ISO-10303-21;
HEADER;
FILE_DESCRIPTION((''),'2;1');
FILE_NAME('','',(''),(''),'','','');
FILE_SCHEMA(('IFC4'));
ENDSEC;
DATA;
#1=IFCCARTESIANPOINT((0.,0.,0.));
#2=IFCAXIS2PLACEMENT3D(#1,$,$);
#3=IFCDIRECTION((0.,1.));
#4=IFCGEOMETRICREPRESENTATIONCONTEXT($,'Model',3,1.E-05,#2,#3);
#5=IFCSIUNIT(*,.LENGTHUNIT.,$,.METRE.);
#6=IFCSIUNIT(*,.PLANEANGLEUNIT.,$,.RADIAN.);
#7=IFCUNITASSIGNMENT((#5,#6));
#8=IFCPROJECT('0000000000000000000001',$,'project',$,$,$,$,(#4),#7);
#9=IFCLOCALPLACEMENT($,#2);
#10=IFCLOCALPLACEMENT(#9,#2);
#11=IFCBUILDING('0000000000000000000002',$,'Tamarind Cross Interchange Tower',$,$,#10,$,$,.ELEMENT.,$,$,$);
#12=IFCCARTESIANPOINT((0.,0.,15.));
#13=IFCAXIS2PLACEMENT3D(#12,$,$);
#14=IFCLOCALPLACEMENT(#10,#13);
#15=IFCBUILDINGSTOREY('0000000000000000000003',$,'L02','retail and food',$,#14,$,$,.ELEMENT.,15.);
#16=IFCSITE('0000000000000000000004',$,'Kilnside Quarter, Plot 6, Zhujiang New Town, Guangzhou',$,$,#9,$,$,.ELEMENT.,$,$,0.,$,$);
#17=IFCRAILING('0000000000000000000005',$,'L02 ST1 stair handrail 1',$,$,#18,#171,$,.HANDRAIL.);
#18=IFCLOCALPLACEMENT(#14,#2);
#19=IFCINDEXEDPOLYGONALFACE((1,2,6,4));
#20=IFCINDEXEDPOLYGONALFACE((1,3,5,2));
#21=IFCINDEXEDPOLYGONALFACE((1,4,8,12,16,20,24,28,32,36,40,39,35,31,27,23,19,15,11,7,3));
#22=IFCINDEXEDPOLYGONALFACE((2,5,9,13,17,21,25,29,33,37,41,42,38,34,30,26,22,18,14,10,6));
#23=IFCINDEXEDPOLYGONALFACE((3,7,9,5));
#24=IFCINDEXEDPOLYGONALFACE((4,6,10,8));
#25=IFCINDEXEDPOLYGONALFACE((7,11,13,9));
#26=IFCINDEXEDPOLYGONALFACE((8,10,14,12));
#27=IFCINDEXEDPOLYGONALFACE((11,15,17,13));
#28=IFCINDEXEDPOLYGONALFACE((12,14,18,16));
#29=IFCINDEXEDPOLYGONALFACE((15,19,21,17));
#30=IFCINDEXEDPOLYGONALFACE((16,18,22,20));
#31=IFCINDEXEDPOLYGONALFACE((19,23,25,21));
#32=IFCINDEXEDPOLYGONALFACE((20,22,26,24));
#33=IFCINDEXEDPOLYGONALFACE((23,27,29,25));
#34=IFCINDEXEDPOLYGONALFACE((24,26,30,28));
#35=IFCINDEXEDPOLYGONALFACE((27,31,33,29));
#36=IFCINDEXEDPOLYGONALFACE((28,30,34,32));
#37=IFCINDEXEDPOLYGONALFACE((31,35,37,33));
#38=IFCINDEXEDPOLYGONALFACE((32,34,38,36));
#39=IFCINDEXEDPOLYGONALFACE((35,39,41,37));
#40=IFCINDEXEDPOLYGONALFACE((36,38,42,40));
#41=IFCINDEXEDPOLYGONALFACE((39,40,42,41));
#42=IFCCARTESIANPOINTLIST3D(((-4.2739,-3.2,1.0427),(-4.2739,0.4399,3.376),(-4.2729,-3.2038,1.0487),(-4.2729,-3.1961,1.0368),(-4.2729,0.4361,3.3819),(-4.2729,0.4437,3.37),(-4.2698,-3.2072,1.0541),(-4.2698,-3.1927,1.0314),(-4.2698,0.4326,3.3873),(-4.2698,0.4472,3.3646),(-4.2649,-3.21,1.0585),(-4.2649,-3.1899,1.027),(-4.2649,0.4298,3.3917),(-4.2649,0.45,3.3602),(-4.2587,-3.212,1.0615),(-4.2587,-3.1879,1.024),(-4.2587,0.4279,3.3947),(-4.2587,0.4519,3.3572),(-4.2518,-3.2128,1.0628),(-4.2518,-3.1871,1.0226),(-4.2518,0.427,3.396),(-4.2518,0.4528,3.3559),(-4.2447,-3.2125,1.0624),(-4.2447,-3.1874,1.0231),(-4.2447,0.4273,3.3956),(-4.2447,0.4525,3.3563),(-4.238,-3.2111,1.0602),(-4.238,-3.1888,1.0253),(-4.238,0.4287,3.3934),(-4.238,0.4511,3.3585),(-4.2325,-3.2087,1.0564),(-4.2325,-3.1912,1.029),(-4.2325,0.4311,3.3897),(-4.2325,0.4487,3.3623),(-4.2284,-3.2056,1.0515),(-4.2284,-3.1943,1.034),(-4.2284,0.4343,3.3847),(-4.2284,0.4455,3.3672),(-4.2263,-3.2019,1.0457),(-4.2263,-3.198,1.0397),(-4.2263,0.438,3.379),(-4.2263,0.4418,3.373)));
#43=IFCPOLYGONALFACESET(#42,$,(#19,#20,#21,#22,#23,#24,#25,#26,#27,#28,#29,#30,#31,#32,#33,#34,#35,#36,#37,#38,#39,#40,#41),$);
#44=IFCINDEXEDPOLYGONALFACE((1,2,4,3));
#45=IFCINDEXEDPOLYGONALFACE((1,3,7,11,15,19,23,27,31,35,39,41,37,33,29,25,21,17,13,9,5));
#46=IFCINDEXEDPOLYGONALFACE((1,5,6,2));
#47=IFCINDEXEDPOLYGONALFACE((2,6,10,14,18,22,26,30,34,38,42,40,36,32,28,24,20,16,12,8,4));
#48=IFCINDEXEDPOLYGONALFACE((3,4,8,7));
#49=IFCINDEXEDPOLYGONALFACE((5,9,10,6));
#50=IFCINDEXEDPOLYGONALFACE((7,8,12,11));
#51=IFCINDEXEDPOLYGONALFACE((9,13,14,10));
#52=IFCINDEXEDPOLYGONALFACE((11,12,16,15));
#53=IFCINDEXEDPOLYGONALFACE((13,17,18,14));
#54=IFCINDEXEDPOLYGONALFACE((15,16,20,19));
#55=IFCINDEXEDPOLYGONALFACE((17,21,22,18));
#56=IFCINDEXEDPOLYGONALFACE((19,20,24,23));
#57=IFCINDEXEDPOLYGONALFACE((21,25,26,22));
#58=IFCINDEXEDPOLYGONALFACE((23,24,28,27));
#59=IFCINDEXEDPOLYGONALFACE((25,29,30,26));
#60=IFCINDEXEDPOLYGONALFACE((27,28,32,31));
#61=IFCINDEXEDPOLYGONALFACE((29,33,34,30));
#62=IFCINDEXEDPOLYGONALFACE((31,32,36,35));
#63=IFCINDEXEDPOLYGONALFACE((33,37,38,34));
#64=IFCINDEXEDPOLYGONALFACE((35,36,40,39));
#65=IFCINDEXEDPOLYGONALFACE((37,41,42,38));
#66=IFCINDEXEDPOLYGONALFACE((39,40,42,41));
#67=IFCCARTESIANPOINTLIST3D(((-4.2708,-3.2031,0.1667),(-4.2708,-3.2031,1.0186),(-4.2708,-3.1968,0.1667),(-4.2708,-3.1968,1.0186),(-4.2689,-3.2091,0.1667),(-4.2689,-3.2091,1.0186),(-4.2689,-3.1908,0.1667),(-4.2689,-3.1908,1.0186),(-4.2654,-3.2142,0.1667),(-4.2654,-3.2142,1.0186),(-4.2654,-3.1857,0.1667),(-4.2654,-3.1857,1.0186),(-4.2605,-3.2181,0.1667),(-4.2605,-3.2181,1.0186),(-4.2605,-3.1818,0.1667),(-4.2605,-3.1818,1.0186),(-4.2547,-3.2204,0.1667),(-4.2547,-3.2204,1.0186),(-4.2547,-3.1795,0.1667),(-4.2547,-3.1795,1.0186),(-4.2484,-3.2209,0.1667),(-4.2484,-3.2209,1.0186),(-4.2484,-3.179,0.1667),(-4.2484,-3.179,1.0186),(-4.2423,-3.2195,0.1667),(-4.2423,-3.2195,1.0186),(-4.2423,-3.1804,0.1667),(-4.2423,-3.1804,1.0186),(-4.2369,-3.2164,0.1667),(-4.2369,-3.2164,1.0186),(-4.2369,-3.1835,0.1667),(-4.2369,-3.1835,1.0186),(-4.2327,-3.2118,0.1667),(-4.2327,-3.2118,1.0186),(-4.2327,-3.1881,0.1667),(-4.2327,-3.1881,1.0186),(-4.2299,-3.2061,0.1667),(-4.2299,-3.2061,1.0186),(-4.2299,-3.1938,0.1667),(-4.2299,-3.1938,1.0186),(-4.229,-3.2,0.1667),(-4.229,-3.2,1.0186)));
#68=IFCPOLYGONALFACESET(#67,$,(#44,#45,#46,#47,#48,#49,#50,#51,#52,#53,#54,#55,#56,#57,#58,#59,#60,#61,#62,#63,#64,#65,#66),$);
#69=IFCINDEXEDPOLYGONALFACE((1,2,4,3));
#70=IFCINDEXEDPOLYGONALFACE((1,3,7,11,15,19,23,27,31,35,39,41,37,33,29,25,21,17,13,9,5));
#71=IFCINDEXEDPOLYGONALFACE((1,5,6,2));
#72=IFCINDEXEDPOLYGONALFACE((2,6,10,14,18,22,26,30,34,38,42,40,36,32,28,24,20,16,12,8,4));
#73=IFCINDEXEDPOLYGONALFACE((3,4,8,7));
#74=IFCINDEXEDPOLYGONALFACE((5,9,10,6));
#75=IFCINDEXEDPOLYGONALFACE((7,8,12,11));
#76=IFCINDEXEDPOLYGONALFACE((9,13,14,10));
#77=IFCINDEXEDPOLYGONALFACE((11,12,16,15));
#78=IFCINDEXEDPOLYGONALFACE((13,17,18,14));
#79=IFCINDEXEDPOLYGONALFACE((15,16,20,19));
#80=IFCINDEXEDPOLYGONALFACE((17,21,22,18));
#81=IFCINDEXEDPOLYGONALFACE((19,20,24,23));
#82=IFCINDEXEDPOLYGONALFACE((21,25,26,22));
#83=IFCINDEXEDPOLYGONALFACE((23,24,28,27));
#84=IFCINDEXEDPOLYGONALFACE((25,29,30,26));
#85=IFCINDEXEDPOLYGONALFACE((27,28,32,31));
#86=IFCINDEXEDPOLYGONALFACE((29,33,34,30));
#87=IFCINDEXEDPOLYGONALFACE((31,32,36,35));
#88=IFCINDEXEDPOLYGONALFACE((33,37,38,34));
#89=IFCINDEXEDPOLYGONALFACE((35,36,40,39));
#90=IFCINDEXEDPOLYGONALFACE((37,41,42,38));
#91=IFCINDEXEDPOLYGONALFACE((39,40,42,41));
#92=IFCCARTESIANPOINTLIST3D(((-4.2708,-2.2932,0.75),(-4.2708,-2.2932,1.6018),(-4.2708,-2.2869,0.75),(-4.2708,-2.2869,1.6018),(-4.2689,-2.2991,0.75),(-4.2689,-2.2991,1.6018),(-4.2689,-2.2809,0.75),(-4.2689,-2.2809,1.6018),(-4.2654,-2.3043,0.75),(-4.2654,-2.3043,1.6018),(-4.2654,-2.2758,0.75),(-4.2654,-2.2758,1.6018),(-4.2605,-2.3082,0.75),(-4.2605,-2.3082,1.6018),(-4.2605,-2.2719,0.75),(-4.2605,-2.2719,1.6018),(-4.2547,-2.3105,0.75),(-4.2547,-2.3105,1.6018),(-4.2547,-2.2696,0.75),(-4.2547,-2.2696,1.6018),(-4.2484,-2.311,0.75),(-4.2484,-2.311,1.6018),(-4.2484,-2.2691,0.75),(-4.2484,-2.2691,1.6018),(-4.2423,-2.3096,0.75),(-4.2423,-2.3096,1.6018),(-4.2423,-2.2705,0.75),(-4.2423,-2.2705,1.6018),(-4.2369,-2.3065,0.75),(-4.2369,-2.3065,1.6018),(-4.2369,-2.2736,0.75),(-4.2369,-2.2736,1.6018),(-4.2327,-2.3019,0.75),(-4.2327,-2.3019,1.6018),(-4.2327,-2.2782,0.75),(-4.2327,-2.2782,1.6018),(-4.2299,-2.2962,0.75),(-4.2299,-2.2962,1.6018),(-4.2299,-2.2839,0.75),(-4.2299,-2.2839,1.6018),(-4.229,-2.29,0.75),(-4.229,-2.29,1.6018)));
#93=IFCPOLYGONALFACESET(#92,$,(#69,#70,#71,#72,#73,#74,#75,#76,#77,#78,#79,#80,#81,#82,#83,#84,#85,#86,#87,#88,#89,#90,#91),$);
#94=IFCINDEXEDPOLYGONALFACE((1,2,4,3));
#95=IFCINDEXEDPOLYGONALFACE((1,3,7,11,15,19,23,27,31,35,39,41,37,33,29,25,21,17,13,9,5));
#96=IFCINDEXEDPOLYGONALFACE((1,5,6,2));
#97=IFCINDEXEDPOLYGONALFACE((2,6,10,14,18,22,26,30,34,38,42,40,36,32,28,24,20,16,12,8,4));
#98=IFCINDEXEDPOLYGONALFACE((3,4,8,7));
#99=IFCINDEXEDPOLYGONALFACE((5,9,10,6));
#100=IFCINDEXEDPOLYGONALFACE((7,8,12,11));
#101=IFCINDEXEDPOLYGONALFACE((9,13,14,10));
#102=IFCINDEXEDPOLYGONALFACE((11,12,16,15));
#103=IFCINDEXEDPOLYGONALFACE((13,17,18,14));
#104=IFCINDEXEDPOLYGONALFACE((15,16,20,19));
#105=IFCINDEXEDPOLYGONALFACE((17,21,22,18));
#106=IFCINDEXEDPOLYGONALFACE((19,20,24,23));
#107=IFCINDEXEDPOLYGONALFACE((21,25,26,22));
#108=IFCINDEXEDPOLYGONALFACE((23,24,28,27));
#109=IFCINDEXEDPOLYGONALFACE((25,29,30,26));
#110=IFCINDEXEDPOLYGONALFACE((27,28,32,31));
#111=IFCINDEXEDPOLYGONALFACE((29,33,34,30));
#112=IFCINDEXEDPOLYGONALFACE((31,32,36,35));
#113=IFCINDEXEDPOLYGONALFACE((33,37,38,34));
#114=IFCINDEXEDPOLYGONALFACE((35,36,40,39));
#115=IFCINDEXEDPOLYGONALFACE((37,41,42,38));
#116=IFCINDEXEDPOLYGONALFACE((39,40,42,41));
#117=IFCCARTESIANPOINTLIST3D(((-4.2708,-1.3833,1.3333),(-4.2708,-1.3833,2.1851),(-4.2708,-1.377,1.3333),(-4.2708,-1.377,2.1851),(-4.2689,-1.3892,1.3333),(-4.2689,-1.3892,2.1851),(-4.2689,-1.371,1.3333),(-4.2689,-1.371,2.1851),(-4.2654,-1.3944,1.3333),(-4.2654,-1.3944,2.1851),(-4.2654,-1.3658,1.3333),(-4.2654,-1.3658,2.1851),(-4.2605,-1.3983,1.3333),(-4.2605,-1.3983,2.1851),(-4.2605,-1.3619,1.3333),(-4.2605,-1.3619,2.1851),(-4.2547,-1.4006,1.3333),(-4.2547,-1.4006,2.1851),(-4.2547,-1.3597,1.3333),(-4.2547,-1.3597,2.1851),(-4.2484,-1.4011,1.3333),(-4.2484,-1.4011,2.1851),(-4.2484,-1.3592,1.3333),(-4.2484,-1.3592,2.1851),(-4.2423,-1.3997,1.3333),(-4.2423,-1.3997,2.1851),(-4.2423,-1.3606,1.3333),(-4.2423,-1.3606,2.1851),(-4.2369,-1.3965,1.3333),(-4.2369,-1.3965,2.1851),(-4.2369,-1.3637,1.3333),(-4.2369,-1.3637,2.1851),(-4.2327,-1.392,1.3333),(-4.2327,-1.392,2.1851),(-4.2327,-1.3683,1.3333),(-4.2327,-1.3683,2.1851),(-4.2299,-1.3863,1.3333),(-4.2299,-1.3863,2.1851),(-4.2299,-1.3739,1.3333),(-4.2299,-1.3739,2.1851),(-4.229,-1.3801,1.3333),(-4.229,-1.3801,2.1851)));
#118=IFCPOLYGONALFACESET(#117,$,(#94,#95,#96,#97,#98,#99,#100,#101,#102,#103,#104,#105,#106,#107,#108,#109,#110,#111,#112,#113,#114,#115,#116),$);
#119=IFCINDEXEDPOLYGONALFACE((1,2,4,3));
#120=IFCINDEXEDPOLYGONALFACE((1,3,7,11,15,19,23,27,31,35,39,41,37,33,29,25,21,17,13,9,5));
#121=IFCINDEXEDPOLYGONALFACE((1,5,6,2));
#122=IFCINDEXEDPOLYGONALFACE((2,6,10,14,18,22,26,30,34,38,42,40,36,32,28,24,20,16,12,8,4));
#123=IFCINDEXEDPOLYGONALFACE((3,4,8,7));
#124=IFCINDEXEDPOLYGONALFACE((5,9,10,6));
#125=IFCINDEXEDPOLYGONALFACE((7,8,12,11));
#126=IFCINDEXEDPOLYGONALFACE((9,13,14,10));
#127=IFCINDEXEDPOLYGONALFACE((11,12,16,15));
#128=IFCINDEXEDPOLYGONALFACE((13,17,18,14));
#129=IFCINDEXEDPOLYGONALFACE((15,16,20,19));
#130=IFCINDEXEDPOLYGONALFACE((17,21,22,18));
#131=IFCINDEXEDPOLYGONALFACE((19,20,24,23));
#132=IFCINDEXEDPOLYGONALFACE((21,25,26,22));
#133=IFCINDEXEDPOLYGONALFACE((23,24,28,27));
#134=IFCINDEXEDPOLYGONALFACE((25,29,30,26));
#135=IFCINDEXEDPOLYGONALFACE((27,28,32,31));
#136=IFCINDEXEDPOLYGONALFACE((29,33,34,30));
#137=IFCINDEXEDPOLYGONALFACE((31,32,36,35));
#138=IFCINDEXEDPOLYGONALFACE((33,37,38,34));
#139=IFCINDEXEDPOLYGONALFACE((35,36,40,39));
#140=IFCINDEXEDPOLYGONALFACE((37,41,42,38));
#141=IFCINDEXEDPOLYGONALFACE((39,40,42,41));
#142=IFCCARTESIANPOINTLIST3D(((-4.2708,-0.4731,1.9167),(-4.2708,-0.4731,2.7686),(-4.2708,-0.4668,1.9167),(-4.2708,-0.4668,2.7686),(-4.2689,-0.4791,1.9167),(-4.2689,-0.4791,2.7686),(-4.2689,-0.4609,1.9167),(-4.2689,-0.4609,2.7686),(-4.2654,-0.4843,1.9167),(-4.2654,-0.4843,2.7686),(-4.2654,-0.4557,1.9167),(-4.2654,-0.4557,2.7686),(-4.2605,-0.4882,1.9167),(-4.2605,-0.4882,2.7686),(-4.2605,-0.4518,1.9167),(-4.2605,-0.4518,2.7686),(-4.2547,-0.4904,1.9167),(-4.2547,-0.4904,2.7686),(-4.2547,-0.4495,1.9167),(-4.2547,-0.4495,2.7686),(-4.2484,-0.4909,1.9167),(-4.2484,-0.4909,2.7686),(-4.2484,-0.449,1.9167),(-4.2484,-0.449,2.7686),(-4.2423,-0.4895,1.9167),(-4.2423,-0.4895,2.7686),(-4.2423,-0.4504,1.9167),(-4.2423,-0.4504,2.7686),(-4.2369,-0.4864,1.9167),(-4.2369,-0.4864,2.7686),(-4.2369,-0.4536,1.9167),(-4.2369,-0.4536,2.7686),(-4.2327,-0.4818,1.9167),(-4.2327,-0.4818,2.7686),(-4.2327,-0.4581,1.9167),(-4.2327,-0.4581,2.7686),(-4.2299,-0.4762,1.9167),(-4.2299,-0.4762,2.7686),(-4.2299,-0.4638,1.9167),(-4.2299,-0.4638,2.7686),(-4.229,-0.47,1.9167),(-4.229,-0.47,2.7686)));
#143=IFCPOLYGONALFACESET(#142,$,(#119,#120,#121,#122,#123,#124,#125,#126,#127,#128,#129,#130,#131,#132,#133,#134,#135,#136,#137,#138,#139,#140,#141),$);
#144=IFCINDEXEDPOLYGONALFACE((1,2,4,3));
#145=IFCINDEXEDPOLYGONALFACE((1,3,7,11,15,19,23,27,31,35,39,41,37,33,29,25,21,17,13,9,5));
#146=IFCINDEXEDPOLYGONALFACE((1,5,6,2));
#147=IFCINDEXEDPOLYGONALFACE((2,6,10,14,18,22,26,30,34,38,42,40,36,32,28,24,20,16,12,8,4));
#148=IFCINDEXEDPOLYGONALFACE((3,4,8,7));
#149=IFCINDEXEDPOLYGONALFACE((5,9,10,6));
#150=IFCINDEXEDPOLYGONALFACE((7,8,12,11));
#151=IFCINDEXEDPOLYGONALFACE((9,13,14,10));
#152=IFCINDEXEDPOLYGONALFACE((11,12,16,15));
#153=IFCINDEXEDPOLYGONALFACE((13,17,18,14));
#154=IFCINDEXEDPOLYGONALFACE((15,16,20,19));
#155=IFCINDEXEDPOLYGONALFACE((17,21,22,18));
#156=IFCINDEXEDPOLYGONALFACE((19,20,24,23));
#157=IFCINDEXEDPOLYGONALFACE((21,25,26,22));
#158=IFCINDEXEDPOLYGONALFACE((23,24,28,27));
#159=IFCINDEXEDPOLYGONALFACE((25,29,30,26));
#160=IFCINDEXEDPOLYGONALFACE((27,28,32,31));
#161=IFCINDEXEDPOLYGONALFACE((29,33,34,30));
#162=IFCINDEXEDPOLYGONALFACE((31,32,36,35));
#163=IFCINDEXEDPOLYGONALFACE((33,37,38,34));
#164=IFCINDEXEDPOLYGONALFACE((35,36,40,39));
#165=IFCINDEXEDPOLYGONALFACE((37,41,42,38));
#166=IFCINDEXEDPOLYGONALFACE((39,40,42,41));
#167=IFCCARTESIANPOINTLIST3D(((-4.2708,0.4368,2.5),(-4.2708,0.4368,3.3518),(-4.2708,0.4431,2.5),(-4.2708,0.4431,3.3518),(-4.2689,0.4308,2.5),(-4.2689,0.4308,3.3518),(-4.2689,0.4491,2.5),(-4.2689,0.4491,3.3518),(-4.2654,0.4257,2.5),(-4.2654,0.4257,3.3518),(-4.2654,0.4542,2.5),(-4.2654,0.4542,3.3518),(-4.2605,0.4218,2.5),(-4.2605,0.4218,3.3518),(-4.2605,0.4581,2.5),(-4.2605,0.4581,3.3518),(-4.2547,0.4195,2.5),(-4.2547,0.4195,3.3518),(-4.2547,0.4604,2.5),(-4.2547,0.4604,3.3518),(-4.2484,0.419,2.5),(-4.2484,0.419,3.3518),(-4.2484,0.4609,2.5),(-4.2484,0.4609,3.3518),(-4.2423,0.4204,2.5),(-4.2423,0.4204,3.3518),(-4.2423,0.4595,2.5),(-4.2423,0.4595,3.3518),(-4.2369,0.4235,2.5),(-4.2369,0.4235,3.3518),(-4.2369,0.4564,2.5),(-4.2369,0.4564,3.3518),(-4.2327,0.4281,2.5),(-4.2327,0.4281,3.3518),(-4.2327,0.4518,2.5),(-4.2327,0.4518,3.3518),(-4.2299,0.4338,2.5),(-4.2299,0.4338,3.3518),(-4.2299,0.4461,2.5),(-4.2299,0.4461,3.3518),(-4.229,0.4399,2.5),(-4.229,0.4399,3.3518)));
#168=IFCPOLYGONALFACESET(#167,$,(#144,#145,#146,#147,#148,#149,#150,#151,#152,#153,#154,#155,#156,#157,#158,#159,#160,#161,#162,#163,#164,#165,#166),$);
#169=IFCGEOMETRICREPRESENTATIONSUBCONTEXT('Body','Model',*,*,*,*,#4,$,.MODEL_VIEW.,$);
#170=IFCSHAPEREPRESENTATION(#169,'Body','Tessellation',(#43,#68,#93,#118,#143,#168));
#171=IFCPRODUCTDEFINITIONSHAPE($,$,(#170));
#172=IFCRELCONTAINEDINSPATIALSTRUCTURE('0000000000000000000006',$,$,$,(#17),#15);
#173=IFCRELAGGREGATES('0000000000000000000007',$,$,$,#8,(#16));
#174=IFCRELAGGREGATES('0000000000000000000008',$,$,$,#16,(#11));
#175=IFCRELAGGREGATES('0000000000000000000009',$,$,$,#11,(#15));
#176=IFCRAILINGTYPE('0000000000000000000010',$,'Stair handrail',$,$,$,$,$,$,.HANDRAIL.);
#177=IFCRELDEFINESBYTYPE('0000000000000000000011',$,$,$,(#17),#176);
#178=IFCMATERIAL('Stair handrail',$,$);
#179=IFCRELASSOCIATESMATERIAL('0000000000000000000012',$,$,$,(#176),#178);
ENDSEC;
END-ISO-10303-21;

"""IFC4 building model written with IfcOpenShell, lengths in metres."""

from ifc_helpers import new_model, si_unit, direction, frame, origin, origin_2d, place, context, subcontext, project, spatial, circle, extrude, material, type_object, element, save


model = new_model("IFC4")

# Units and contexts
model_context = context("Model", 3, precision=1e-05, world=origin(), true_north=direction((0.0, 1.0)))
body_context = subcontext(model_context, "Body", "Model", "MODEL_VIEW")
ifc_project = project(units=[si_unit("LENGTHUNIT", "METRE"), si_unit("PLANEANGLEUNIT", "RADIAN")], contexts=[model_context])

# Site, building, storey
site_placement = place(None, origin())
site = spatial("IfcSite", under=ifc_project, at=site_placement, Name="Kilnside Quarter, Plot 6, Zhujiang New Town, Guangzhou", CompositionType="ELEMENT", RefElevation=0.0)
building_placement = place(site_placement, origin())
building = spatial("IfcBuilding", under=site, at=building_placement, Name="Tamarind Cross Interchange Tower", CompositionType="ELEMENT")
storey_placement = place(building_placement, frame((0.0, 0.0, 15.0)))
storey = spatial("IfcBuildingStorey", under=building, at=storey_placement, Name="L02", Description="retail and food", CompositionType="ELEMENT", Elevation=15.0)

# Railing
ifc_material_1 = material(Name="Stair handrail")
railing_type_1 = type_object("IfcRailingType", Name="Stair handrail", PredefinedType="HANDRAIL", material=ifc_material_1)
railing_1_placement = place(storey_placement, frame((-4.25, -3.2, 0.1667)))
element("IfcRailing", 1, at=railing_1_placement, inside=storey, type_object=railing_type_1, Name="L02 ST1 stair handrail 1", PredefinedType="HANDRAIL", context=body_context, shape_type="SweptSolid", body=[
    extrude(circle(Radius=0.0239, at=origin_2d()), frame((0.0, 0.0, 0.876), z_axis=(0.0, 0.84188, 0.539664), x_axis=(-1.0, 0.0, 0.0)), (0.0, 0.0, 1.0), 4.3235),
    extrude(circle(Radius=0.021, at=origin_2d()), origin(), (0.0, 0.0, 1.0), 0.8518),
    extrude(circle(Radius=0.021, at=origin_2d()), frame((0.0, 0.9099, 0.5833)), (0.0, 0.0, 1.0), 0.8518),
    extrude(circle(Radius=0.021, at=origin_2d()), frame((0.0, 1.8198, 1.1665)), (0.0, 0.0, 1.0), 0.8518),
    extrude(circle(Radius=0.021, at=origin_2d()), frame((0.0, 2.73, 1.75)), (0.0, 0.0, 1.0), 0.8518),
    extrude(circle(Radius=0.021, at=origin_2d()), frame((0.0, 3.6399, 2.3333)), (0.0, 0.0, 1.0), 0.8518),
])

save(model, "model.ifc")
